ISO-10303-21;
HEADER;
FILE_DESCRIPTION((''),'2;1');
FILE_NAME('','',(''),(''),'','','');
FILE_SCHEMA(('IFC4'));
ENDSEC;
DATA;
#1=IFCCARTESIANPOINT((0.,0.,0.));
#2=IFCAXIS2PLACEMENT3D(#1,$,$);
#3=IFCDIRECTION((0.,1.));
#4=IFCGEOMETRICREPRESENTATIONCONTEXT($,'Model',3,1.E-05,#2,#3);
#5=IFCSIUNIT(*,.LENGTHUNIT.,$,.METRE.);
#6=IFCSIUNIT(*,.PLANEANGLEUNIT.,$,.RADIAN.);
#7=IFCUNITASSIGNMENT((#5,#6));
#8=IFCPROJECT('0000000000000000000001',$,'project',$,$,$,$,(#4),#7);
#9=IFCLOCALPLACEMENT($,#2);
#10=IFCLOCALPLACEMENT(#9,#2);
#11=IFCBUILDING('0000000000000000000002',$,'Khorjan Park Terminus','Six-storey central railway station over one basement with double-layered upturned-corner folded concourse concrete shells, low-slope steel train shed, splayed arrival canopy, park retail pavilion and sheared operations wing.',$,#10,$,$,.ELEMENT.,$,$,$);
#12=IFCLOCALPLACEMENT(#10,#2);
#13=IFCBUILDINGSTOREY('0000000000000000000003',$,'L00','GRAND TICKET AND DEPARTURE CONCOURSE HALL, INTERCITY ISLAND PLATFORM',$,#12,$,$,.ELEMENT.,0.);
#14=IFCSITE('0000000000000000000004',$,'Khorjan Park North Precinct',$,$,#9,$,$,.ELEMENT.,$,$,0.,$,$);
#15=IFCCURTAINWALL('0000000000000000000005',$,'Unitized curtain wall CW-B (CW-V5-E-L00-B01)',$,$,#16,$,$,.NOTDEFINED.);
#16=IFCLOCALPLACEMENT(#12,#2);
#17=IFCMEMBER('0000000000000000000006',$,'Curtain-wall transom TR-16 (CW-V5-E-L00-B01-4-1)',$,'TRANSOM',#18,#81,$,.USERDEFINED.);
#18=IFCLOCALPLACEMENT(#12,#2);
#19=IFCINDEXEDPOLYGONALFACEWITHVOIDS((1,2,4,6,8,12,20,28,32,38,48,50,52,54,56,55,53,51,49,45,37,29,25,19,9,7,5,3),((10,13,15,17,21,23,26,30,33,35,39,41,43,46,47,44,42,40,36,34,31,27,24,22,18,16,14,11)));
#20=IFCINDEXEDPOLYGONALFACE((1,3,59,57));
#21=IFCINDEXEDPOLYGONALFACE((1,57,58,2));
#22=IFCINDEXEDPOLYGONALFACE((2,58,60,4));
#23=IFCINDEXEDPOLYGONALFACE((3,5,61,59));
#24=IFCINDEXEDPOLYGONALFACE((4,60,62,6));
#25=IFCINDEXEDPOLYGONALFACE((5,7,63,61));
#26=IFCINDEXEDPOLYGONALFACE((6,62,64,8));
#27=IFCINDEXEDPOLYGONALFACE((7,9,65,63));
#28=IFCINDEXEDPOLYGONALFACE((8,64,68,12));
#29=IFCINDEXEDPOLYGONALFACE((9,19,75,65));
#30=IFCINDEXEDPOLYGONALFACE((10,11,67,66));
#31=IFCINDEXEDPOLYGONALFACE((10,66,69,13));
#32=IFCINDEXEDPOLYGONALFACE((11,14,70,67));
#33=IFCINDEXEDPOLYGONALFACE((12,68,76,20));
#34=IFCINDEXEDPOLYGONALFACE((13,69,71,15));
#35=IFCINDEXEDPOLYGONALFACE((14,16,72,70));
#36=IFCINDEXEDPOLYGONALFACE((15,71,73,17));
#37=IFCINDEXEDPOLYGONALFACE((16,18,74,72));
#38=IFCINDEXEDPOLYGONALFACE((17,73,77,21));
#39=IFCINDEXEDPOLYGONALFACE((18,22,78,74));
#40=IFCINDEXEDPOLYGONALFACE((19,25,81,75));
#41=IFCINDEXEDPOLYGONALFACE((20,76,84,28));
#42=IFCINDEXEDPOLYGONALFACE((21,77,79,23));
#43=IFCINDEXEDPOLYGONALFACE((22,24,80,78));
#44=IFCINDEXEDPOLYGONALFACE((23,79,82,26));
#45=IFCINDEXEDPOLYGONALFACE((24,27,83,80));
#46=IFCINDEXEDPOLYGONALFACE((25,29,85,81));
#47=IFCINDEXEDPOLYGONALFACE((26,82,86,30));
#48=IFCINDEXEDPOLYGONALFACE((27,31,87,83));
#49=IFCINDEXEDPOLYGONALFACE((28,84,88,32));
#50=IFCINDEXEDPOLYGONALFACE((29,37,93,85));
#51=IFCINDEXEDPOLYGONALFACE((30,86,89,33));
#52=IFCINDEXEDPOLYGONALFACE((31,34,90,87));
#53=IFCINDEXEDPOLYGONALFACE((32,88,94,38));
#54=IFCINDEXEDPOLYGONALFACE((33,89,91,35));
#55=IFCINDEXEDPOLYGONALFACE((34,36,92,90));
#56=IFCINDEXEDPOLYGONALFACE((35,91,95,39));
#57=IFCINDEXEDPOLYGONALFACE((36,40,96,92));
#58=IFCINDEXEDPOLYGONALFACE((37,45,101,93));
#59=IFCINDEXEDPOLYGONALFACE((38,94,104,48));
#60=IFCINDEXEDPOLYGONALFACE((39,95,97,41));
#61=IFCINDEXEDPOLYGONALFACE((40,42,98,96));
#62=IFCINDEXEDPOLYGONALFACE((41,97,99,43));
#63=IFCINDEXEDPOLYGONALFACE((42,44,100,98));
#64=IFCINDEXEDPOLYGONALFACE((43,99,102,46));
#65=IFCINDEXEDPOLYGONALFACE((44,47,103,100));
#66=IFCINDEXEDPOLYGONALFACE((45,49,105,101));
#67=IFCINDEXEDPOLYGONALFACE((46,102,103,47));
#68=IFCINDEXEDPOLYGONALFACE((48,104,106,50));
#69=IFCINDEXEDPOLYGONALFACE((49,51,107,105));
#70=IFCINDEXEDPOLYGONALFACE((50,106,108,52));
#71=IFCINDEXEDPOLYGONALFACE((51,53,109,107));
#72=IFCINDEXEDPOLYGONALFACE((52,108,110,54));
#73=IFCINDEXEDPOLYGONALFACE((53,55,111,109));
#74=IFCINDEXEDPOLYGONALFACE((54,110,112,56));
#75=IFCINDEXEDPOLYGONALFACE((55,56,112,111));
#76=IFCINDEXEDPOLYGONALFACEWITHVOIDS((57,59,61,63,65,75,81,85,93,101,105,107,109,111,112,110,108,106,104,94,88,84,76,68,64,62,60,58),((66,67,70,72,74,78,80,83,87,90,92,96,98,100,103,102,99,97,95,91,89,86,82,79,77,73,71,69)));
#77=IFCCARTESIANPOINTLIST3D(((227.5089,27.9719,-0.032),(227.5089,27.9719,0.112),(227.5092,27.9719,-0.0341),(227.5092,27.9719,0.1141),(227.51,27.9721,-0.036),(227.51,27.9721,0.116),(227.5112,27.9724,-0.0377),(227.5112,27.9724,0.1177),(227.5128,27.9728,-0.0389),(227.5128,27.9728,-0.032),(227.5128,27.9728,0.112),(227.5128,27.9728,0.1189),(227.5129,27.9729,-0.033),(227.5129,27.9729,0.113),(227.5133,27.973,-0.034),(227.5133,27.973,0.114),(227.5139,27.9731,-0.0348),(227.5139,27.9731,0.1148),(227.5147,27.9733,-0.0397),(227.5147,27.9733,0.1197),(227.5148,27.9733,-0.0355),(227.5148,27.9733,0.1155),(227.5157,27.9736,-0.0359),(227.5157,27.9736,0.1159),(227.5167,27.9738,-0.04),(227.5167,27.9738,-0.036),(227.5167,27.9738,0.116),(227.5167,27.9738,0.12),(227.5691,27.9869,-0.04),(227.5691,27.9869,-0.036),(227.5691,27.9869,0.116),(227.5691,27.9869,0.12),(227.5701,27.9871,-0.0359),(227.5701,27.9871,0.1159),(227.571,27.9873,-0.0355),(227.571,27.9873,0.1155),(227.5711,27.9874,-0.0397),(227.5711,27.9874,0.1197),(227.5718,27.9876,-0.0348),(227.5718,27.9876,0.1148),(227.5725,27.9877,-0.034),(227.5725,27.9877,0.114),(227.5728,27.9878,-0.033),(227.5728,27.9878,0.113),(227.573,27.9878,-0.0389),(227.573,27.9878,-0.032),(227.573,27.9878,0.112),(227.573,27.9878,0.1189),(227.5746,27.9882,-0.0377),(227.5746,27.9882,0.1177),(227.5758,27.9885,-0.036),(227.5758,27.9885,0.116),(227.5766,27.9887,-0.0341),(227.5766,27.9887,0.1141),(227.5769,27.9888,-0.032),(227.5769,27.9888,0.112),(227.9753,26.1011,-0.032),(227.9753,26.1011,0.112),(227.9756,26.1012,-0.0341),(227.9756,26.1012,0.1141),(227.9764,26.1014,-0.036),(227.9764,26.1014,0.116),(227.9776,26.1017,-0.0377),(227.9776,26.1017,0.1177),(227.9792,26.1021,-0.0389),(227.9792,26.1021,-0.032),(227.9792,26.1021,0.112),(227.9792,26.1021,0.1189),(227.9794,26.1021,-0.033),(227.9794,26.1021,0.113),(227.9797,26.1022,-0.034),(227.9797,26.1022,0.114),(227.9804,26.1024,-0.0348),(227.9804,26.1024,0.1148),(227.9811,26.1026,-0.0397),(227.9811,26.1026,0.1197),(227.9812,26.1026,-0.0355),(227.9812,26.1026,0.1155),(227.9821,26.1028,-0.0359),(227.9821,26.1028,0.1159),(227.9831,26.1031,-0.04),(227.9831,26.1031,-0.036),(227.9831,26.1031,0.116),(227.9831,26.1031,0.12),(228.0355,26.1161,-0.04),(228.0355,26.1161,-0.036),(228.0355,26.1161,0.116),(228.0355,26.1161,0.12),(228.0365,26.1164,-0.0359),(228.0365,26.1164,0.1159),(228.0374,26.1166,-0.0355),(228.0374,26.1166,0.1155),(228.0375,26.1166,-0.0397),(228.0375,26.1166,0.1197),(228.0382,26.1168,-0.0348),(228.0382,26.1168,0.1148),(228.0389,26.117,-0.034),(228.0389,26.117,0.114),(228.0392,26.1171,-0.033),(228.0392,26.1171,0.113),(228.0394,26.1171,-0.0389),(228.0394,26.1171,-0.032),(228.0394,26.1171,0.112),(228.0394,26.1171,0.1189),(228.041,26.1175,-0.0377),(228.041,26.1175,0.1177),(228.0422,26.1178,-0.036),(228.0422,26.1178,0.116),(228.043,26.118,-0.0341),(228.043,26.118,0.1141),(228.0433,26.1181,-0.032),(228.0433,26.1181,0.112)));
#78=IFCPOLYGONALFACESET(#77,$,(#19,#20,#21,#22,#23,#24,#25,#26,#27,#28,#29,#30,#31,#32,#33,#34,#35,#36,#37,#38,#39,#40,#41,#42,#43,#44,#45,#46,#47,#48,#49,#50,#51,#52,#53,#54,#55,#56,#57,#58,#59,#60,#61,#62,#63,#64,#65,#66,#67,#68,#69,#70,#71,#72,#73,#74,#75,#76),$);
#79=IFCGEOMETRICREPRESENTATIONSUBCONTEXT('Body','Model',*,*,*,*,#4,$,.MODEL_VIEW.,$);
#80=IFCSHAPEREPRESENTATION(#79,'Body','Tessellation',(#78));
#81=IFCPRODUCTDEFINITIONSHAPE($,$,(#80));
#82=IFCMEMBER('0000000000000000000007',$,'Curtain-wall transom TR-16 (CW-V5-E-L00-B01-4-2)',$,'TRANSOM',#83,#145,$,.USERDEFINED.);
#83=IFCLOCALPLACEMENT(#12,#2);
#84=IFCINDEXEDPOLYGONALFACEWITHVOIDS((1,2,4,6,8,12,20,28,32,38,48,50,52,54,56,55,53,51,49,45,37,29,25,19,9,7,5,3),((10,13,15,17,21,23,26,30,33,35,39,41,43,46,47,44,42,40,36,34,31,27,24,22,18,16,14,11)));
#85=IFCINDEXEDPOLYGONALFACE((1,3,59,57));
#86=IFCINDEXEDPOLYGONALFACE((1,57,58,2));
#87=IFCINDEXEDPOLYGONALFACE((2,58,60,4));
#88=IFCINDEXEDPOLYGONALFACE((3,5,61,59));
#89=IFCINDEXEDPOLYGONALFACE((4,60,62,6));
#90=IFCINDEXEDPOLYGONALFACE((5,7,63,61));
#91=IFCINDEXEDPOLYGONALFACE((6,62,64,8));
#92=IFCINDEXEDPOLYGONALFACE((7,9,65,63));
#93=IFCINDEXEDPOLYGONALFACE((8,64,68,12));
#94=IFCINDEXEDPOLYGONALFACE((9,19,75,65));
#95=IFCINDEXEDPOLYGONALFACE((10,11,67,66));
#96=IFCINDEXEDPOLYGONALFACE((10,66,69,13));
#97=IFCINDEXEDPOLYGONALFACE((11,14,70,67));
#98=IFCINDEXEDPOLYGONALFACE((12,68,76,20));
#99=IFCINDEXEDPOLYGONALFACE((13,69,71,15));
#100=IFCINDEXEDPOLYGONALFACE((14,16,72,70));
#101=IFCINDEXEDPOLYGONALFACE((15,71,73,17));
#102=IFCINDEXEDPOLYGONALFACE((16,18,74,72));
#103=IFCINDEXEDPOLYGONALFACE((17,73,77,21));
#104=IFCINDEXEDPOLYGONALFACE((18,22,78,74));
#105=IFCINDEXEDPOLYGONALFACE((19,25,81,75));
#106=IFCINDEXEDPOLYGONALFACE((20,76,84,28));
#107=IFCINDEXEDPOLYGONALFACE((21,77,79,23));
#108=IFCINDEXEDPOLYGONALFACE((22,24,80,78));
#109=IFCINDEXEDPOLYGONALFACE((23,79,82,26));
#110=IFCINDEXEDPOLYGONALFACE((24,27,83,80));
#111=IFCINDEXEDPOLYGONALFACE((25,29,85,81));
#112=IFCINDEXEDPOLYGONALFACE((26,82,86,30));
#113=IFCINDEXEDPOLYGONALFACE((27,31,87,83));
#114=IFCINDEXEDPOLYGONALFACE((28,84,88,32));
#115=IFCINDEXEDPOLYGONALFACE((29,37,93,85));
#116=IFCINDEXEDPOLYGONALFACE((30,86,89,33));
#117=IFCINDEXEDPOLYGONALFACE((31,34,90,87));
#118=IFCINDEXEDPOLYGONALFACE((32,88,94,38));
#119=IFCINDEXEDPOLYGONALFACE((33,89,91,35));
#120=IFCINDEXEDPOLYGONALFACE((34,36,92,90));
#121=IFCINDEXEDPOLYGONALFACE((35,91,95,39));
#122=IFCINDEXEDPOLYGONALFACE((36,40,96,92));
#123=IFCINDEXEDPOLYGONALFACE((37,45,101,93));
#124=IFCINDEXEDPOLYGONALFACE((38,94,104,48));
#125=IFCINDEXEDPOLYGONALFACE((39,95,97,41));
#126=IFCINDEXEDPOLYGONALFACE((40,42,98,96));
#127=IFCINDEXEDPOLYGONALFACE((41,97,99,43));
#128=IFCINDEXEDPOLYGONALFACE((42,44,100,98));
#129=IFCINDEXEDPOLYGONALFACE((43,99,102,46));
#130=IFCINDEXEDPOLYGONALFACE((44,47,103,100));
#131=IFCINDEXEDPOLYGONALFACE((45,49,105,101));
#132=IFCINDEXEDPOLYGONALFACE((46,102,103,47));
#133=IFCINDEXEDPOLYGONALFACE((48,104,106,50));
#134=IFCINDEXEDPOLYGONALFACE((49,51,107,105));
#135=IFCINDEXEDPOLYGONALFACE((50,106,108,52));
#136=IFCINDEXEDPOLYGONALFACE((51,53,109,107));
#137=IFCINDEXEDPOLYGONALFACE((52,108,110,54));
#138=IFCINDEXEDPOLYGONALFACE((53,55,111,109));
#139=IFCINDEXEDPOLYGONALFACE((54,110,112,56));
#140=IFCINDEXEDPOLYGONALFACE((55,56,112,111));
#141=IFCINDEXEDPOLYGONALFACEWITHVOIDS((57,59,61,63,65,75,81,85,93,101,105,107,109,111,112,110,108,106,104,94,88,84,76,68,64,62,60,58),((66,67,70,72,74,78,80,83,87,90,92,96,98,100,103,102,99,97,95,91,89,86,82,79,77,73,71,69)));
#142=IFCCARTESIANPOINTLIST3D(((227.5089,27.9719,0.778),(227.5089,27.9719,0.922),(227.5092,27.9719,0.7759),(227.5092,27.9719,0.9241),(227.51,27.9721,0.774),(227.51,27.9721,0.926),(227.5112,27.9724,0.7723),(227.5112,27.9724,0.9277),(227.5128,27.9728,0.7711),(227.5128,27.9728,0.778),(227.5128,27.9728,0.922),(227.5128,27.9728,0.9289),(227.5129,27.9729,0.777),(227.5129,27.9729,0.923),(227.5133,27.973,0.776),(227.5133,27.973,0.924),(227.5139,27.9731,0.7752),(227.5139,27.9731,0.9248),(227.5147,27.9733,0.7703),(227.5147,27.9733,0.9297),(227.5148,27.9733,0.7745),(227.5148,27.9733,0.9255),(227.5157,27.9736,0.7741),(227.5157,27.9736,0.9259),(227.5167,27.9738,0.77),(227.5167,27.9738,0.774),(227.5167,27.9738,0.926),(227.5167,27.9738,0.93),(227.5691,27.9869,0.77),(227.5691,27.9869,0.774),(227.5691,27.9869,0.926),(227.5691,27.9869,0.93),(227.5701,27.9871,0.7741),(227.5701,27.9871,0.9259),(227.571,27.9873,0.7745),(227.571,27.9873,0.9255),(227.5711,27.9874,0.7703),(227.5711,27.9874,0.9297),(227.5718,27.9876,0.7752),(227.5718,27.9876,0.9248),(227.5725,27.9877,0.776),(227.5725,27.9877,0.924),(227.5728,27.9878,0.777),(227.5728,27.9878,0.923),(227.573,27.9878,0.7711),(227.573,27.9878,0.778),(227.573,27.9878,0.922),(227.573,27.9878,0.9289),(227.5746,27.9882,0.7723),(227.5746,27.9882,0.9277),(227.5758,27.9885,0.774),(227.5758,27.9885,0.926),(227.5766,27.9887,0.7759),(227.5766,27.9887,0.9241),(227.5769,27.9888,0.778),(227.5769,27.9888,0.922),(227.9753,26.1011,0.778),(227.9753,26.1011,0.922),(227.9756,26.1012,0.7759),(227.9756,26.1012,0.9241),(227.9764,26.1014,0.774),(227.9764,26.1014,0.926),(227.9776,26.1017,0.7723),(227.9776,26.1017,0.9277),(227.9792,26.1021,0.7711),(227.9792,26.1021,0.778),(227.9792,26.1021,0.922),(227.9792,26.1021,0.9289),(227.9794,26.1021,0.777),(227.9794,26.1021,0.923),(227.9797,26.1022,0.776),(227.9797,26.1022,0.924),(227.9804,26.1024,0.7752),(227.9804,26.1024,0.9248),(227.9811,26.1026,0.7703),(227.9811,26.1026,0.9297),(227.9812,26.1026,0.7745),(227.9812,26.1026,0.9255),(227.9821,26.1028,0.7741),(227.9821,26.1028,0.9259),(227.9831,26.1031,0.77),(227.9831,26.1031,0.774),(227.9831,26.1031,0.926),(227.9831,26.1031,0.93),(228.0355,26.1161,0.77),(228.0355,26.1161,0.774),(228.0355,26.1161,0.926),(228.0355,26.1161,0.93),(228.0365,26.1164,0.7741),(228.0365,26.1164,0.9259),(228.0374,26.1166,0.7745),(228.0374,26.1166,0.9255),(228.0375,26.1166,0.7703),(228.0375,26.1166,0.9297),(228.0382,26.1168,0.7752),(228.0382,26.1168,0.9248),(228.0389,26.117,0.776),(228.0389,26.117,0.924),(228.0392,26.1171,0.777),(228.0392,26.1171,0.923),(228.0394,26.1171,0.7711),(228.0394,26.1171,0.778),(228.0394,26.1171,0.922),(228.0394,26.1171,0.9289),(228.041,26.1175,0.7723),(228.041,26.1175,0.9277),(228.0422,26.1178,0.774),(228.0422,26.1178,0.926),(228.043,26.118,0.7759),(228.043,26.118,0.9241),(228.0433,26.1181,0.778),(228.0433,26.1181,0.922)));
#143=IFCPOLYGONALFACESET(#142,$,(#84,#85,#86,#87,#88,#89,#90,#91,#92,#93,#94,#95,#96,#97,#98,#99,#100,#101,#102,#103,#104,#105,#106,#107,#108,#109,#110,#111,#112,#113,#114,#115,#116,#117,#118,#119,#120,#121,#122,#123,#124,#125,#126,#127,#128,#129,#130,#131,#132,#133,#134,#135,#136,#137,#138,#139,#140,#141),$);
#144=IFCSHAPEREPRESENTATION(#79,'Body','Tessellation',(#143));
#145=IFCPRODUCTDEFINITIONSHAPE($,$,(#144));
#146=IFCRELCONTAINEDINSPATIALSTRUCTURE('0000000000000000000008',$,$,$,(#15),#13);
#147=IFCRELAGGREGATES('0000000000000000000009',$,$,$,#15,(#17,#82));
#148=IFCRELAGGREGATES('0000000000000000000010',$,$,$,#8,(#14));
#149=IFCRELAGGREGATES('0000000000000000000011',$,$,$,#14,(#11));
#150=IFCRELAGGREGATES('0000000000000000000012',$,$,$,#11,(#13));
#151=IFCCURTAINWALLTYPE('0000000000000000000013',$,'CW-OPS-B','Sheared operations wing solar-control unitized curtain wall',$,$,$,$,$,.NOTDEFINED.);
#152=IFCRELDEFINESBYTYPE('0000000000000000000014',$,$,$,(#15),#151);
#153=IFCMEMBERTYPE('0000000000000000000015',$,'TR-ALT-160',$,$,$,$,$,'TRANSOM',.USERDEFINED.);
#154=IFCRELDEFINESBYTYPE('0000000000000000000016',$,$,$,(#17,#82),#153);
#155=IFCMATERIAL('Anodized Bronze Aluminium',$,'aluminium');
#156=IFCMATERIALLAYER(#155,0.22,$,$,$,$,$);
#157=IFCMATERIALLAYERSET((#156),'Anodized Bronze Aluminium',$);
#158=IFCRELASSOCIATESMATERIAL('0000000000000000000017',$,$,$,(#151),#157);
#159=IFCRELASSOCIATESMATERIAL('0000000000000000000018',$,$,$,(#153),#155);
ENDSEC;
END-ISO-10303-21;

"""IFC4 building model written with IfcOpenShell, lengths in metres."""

from ifc_helpers import new_model, si_unit, direction, frame, origin, origin_2d, place, context, subcontext, project, spatial, hollow_rectangle, extrude, material, layer, layer_set, material_profile, profile_set, type_object, element, aggregate, save


model = new_model("IFC4")

# Units and contexts
model_context = context("Model", 3, precision=1e-05, world=origin(), true_north=direction((0.0, 1.0)))
body_context = subcontext(model_context, "Body", "Model", "MODEL_VIEW")
ifc_project = project(units=[si_unit("LENGTHUNIT", "METRE"), si_unit("PLANEANGLEUNIT", "RADIAN")], contexts=[model_context])

# Site, building, storey
site_placement = place(None, origin())
site = spatial("IfcSite", under=ifc_project, at=site_placement, Name="Khorjan Park North Precinct", CompositionType="ELEMENT", RefElevation=0.0)
building_placement = place(site_placement, origin())
building = spatial("IfcBuilding", under=site, at=building_placement, Name="Khorjan Park Terminus", Description="Six-storey central railway station over one basement with double-layered upturned-corner folded concourse concrete shells, low-slope steel train shed, splayed arrival canopy, park retail pavilion and sheared operations wing.", CompositionType="ELEMENT")
storey_placement = place(building_placement, origin())
storey = spatial("IfcBuildingStorey", under=building, at=storey_placement, Name="L00", Description="GRAND TICKET AND DEPARTURE CONCOURSE HALL, INTERCITY ISLAND PLATFORM", CompositionType="ELEMENT", Elevation=0.0)

# Curtain wall, members
ifc_material_1 = material(Name="Anodized Bronze Aluminium", Category="aluminium")
ifc_layer_1 = layer(ifc_material_1, 0.22)
ifc_layer_set_1 = layer_set([ifc_layer_1], Name="Anodized Bronze Aluminium")
curtain_wall_type = type_object("IfcCurtainWallType", Name="CW-OPS-B", Description="Sheared operations wing solar-control unitized curtain wall", PredefinedType="NOTDEFINED", material=ifc_layer_set_1)
curtain_wall_placement = place(storey_placement, origin())
curtain_wall = element("IfcCurtainWall", 1, at=curtain_wall_placement, inside=storey, type_object=curtain_wall_type, Name="Unitized curtain wall CW-B (CW-V5-E-L00-B01)", PredefinedType="NOTDEFINED")
ifc_material_profile_1 = material_profile(ifc_material_1, hollow_rectangle(XDim=0.07, YDim=0.16, WallThickness=0.004, InnerFilletRadius=0.004, OuterFilletRadius=0.008, at=origin_2d()), Name="ALT 70x160x4")
ifc_profile_set_1 = profile_set([ifc_material_profile_1], Name="Anodized Bronze Aluminium")
member_type_1 = type_object("IfcMemberType", Name="TR-ALT-160", ElementType="TRANSOM", PredefinedType="USERDEFINED", material=ifc_profile_set_1)
member_1_placement = place(storey_placement, frame((228.0093, 26.1096, 0.04), z_axis=(-0.241913, 0.970298, 0.0), x_axis=(-0.970298, -0.241913, 0.0)))
member_1 = element("IfcMember", 2, at=member_1_placement, type_object=member_type_1, Name="Curtain-wall transom TR-16 (CW-V5-E-L00-B01-4-1)", ObjectType="TRANSOM", PredefinedType="USERDEFINED", context=body_context, shape_type="SweptSolid", body=[
    extrude(hollow_rectangle(XDim=0.07, YDim=0.16, WallThickness=0.004, InnerFilletRadius=0.004, OuterFilletRadius=0.008, at=origin_2d()), origin(), (0.0, 0.0, 1.0), 1.928),
])
member_2_placement = place(storey_placement, frame((228.0093, 26.1096, 0.85), z_axis=(-0.241913, 0.970298, 0.0), x_axis=(-0.970298, -0.241913, 0.0)))
member_2 = element("IfcMember", 3, at=member_2_placement, type_object=member_type_1, Name="Curtain-wall transom TR-16 (CW-V5-E-L00-B01-4-2)", ObjectType="TRANSOM", PredefinedType="USERDEFINED", context=body_context, shape_type="SweptSolid", body=[
    extrude(hollow_rectangle(XDim=0.07, YDim=0.16, WallThickness=0.004, InnerFilletRadius=0.004, OuterFilletRadius=0.008, at=origin_2d()), origin(), (0.0, 0.0, 1.0), 1.928),
])
aggregate(curtain_wall, [member_1, member_2])

save(model, "model.ifc")
